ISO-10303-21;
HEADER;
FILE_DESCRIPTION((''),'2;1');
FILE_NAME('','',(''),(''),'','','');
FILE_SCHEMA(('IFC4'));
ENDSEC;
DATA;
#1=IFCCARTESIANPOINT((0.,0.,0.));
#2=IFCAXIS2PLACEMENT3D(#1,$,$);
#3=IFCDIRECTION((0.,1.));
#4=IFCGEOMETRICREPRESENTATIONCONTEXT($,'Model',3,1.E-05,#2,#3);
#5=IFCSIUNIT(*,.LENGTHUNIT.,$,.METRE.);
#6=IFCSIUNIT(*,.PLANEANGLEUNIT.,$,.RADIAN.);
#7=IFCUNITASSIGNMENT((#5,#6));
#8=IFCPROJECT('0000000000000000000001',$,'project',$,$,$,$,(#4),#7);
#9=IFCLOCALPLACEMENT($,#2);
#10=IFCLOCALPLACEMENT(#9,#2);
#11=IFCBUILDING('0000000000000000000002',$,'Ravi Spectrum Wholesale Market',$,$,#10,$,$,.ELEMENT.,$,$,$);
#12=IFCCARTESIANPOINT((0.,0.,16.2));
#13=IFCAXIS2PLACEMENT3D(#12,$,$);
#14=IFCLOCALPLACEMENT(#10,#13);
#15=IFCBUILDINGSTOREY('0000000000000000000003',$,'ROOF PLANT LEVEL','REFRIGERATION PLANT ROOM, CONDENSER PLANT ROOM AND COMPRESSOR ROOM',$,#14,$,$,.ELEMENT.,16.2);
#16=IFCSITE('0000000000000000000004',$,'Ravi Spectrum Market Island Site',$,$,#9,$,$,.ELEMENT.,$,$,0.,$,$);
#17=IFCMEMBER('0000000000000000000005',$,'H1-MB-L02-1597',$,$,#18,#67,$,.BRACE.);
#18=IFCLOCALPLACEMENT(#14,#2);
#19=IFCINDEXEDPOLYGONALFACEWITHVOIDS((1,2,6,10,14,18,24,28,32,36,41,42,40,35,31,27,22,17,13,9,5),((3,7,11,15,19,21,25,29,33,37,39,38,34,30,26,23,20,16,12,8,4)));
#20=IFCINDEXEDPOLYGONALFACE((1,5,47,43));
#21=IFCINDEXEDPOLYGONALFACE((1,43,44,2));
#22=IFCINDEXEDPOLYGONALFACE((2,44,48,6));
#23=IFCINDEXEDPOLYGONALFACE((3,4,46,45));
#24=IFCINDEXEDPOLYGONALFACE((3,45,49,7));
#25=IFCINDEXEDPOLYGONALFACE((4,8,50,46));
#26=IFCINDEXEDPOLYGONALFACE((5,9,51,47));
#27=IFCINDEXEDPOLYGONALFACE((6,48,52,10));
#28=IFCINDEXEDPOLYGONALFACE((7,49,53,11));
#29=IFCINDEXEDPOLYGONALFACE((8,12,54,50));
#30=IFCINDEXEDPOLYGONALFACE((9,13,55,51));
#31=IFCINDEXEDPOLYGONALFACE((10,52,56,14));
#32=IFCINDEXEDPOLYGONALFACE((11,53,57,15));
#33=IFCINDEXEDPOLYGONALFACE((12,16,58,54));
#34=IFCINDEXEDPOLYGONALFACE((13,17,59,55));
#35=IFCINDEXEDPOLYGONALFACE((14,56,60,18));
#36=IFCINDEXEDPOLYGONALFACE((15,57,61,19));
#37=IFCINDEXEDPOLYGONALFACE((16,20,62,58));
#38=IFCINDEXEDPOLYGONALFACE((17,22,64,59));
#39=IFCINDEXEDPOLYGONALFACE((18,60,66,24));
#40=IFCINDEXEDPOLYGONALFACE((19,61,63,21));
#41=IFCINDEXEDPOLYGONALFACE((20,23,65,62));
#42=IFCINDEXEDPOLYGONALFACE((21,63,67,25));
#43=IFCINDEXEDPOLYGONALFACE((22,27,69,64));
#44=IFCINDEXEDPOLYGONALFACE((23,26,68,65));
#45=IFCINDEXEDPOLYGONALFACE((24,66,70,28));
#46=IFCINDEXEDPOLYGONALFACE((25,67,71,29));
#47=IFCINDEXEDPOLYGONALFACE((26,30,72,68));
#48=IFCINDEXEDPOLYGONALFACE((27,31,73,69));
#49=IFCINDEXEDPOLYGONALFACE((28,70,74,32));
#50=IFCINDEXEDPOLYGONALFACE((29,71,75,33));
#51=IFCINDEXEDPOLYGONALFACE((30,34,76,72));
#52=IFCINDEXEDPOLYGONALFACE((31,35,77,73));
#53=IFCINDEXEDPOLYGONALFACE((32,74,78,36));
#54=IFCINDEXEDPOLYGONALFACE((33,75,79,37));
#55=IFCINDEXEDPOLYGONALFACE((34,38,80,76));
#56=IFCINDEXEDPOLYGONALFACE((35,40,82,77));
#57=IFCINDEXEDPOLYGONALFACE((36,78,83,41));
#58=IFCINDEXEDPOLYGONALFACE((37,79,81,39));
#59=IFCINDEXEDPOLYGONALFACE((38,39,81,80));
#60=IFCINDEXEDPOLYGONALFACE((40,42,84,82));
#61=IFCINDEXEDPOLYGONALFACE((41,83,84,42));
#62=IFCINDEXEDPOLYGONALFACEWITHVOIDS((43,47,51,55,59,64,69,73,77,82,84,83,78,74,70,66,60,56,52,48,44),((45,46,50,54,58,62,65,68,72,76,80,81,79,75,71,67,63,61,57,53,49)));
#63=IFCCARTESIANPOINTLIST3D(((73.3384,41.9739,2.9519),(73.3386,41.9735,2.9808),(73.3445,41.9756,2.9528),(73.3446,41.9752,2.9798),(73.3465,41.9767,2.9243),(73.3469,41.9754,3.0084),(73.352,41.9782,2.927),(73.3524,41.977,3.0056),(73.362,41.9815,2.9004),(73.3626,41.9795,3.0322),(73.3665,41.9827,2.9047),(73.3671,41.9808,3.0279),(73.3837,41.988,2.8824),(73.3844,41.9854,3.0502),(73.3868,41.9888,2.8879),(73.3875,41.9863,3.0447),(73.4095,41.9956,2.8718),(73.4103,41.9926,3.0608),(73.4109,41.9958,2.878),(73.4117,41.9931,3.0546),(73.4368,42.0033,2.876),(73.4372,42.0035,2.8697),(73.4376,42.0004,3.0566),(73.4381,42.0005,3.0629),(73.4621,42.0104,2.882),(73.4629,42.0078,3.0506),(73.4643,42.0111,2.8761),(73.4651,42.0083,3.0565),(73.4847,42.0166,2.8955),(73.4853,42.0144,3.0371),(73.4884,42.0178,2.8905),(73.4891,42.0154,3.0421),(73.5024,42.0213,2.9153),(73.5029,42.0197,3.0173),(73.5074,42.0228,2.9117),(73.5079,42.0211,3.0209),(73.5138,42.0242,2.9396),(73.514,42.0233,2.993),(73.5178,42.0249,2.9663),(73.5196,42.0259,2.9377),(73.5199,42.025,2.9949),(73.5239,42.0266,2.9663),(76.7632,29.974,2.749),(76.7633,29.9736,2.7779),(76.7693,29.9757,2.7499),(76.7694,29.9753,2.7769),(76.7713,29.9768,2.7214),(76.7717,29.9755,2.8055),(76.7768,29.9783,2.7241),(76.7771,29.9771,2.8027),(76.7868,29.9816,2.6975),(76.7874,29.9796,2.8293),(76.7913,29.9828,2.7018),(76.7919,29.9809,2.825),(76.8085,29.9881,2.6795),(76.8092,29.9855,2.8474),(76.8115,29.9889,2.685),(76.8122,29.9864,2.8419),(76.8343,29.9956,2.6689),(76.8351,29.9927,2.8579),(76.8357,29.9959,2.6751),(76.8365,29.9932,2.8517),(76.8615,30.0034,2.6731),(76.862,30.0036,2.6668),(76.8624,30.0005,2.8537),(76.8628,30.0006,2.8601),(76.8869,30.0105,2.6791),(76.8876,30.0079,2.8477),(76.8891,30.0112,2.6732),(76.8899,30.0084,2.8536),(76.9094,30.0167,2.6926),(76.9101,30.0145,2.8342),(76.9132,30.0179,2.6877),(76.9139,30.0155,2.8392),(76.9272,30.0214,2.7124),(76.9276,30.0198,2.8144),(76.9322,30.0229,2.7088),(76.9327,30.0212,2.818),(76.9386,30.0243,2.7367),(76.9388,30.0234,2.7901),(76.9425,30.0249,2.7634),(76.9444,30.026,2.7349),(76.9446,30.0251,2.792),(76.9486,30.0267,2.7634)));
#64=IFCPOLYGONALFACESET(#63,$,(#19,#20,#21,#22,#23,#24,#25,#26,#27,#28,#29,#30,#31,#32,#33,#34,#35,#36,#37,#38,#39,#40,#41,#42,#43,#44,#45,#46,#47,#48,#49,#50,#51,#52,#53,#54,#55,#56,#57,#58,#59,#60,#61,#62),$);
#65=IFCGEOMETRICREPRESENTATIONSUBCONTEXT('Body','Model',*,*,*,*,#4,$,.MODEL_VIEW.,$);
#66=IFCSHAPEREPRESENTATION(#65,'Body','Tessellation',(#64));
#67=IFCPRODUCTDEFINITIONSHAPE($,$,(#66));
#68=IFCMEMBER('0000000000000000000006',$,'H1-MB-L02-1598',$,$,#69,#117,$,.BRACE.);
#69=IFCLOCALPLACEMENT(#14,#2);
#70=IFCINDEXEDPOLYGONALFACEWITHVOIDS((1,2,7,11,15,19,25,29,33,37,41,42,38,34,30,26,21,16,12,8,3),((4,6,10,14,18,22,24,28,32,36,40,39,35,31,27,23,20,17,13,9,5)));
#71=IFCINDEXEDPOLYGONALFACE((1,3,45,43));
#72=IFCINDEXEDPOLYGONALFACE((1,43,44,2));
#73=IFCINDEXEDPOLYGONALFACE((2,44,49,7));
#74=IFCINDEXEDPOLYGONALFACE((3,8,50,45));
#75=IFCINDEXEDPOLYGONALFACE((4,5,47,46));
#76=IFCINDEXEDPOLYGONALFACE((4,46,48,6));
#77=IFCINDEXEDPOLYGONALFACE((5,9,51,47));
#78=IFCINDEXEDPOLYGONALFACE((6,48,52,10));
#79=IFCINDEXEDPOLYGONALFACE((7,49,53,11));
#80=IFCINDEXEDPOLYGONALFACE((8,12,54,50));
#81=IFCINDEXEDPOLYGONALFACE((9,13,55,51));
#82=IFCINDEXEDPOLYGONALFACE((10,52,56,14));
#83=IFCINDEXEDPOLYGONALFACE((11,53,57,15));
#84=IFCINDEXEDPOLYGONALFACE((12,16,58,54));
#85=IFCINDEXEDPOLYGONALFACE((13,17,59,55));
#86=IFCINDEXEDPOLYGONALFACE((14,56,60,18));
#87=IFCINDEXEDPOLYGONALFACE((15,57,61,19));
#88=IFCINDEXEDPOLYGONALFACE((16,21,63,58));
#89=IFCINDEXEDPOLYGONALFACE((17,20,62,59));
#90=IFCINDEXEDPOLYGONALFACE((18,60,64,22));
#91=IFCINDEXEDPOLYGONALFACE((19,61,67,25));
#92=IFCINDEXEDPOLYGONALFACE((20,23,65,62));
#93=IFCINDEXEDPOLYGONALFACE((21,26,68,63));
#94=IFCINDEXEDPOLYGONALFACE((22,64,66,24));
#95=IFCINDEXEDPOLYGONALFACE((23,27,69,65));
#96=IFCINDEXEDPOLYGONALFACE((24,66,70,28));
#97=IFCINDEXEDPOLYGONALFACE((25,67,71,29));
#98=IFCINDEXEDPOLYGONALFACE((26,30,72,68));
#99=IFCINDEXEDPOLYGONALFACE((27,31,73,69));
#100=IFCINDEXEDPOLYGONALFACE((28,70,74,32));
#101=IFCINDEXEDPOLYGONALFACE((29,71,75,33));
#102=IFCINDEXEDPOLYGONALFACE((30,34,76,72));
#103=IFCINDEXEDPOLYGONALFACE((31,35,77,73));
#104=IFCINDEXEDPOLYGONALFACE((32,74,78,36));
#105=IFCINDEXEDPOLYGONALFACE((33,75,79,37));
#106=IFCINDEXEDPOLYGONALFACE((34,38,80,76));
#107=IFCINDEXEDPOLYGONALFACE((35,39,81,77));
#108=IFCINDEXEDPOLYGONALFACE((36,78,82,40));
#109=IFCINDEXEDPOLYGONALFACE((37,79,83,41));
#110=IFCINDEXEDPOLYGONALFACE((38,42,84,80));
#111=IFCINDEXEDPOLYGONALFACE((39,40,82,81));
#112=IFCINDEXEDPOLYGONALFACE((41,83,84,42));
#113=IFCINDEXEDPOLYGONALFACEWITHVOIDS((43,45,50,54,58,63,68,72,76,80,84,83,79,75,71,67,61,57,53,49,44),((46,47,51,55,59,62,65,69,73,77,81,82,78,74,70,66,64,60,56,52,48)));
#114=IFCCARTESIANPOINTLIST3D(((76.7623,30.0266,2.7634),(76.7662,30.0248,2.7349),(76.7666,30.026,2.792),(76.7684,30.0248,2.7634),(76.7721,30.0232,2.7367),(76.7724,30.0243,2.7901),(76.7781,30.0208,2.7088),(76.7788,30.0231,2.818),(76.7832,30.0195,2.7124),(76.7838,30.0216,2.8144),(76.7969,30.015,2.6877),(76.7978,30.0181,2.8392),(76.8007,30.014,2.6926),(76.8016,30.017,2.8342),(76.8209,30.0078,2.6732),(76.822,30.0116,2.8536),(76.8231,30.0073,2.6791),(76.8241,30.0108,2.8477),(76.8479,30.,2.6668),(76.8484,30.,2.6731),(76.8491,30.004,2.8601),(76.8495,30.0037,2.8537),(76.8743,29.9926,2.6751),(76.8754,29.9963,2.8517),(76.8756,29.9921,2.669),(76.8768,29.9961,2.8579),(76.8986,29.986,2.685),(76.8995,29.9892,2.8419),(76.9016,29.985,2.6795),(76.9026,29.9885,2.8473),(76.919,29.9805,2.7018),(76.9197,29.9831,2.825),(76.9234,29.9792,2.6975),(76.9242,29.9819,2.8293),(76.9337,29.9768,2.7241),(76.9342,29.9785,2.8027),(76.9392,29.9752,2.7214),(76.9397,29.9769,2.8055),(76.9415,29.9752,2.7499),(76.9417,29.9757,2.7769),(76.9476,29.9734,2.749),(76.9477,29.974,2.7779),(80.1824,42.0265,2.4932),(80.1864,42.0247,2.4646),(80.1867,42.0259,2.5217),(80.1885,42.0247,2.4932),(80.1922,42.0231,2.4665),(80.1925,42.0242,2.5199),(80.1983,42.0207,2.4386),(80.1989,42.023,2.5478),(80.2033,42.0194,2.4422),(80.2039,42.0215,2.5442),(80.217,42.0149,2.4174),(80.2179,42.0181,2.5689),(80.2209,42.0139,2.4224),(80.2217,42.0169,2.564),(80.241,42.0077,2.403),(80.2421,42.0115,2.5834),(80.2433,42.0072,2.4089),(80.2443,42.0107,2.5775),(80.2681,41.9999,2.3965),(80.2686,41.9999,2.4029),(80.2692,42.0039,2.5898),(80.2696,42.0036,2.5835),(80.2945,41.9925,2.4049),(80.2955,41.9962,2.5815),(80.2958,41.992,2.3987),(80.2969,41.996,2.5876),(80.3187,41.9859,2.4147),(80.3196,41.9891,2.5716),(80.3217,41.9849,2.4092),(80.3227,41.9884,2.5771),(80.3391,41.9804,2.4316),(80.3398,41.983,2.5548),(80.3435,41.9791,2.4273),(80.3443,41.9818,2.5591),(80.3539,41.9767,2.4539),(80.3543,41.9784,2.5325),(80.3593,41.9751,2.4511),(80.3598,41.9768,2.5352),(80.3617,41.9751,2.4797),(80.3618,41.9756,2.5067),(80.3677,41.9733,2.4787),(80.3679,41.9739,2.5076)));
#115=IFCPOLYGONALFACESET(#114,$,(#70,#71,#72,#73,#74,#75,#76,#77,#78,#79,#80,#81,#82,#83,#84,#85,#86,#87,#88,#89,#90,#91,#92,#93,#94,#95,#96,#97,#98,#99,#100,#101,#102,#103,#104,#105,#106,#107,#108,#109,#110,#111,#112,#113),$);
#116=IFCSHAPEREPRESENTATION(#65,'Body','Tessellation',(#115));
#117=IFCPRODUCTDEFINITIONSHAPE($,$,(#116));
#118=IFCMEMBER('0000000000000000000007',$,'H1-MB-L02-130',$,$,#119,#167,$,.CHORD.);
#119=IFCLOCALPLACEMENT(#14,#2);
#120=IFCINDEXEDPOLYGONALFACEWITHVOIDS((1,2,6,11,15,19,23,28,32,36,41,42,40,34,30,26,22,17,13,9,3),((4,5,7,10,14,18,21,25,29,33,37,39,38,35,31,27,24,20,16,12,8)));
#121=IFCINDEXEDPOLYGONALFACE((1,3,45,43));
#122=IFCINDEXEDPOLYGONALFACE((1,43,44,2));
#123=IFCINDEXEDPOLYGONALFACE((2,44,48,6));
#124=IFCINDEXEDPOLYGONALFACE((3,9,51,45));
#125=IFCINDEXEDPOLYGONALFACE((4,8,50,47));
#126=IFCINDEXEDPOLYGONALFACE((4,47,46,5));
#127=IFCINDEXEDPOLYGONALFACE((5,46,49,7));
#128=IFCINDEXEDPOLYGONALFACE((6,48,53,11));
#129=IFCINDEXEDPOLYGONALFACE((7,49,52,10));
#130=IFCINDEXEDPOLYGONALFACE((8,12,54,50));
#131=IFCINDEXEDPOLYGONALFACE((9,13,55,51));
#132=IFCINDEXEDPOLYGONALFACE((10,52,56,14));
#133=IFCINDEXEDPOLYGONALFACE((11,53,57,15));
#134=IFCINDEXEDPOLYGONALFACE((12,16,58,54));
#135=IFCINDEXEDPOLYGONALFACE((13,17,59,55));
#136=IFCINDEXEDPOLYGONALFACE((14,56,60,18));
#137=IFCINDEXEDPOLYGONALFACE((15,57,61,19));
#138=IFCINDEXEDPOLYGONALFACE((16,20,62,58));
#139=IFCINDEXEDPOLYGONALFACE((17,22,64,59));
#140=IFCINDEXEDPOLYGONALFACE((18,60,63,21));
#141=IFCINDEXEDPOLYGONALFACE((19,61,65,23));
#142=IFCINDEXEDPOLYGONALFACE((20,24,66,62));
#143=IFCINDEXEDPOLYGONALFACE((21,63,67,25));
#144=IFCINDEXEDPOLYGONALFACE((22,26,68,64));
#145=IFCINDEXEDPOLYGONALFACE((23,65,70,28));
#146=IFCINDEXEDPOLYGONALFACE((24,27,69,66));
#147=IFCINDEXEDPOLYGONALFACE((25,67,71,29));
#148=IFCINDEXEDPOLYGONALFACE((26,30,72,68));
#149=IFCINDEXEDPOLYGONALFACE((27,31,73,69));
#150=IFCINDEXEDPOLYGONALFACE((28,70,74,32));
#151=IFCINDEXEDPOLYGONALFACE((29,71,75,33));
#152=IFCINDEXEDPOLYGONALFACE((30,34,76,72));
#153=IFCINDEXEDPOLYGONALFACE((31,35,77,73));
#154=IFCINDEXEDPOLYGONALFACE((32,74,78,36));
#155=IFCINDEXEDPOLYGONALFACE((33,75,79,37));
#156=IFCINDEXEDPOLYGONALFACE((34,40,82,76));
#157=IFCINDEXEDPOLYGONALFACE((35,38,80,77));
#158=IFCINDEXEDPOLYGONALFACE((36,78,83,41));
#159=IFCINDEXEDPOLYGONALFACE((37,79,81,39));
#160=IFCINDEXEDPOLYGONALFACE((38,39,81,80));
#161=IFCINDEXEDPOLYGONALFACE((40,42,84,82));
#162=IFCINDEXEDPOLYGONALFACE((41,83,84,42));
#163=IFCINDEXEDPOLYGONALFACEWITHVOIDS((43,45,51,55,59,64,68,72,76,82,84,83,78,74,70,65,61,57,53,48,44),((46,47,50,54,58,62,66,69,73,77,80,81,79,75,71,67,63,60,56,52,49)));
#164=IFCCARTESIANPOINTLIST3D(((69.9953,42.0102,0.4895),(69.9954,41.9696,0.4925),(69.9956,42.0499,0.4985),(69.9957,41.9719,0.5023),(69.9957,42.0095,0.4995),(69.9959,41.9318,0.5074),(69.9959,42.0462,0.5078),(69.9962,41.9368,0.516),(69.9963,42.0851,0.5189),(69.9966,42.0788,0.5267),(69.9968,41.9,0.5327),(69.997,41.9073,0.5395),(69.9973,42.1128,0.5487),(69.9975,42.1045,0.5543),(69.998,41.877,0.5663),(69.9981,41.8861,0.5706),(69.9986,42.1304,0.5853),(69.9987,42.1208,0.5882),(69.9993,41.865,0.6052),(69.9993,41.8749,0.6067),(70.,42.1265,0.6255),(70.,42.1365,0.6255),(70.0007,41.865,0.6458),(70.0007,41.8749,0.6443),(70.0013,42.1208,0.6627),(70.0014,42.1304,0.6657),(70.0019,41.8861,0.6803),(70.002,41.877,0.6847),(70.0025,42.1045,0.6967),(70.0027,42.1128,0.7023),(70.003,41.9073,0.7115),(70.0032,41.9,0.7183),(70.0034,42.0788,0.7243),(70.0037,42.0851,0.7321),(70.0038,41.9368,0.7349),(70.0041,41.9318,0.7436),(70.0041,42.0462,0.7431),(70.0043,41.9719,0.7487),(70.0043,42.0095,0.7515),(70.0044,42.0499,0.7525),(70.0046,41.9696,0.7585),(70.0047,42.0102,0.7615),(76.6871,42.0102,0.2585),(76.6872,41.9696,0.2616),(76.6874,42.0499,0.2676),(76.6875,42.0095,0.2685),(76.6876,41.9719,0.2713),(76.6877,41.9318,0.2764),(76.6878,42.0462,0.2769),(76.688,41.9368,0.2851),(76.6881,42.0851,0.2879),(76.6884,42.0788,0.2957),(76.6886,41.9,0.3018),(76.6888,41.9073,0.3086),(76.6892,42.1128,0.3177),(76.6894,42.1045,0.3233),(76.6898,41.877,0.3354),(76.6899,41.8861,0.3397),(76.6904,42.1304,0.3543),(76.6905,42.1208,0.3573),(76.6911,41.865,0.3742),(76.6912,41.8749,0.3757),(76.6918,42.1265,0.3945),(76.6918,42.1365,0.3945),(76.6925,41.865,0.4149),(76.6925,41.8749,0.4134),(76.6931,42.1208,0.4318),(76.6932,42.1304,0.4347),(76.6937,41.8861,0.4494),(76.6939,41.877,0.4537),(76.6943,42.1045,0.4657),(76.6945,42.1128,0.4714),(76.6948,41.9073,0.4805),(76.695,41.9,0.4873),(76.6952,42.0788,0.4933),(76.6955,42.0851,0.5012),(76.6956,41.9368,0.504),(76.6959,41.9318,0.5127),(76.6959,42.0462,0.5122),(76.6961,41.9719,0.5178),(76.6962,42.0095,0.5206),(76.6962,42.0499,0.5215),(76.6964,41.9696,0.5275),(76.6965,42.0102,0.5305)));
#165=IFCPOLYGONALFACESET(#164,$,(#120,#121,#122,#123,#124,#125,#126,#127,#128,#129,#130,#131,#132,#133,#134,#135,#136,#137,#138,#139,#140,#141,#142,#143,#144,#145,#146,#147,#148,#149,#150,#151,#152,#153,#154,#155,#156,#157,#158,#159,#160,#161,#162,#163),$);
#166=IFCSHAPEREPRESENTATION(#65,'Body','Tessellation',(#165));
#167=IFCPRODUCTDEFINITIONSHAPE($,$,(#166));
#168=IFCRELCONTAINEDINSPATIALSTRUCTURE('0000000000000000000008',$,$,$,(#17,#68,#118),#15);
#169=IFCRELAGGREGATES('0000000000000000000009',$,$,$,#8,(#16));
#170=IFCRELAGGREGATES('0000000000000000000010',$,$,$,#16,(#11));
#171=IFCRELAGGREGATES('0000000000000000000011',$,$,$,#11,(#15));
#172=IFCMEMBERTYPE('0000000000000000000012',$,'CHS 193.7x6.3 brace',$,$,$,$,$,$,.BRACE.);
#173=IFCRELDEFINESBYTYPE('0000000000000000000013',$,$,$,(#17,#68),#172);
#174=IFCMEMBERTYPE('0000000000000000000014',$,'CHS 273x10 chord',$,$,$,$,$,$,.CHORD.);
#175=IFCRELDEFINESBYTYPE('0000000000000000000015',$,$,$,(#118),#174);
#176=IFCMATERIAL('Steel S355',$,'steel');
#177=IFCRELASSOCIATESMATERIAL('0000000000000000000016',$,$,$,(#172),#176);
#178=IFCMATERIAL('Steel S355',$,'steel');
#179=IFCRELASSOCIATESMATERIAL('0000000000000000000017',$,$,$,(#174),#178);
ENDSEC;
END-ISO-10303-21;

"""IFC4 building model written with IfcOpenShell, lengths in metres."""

from ifc_helpers import new_model, si_unit, direction, frame, origin, origin_2d, place, context, subcontext, project, spatial, hollow_circle, extrude, material, material_profile, profile_set, type_object, element, save


model = new_model("IFC4")

# Units and contexts
model_context = context("Model", 3, precision=1e-05, world=origin(), true_north=direction((0.0, 1.0)))
body_context = subcontext(model_context, "Body", "Model", "MODEL_VIEW")
ifc_project = project(units=[si_unit("LENGTHUNIT", "METRE"), si_unit("PLANEANGLEUNIT", "RADIAN")], contexts=[model_context])

# Site, building, storey
site_placement = place(None, origin())
site = spatial("IfcSite", under=ifc_project, at=site_placement, Name="Ravi Spectrum Market Island Site", CompositionType="ELEMENT", RefElevation=0.0)
building_placement = place(site_placement, origin())
building = spatial("IfcBuilding", under=site, at=building_placement, Name="Ravi Spectrum Wholesale Market", CompositionType="ELEMENT")
storey_placement = place(building_placement, frame((0.0, 0.0, 16.2)))
storey = spatial("IfcBuildingStorey", under=building, at=storey_placement, Name="ROOF PLANT LEVEL", Description="REFRIGERATION PLANT ROOM, CONDENSER PLANT ROOM AND COMPRESSOR ROOM", CompositionType="ELEMENT", Elevation=16.2)

# Members
ifc_material_1 = material(Name="Steel S355", Category="steel")
ifc_material_profile_1 = material_profile(ifc_material_1, hollow_circle(Radius=0.0969, WallThickness=0.0063, at=origin_2d()))
ifc_profile_set_1 = profile_set([ifc_material_profile_1], Name="Steel S355")
member_type_1 = type_object("IfcMemberType", Name="CHS 193.7x6.3 brace", PredefinedType="BRACE", material=ifc_profile_set_1)
for number, where, z_axis, x_axis, name in (
    (1, (73.4307, 42.0, 2.9663), (0.274406, -0.961477, -0.016255), (0.961604, 0.274442, 0.0), "H1-MB-L02-1597"),
    (2, (76.8555, 30.0, 2.7634), (0.274034, 0.961476, -0.021654), (-0.961702, 0.274098, 0.0), "H1-MB-L02-1598"),
):
    element("IfcMember", number, at=place(storey_placement, frame(where, z_axis=z_axis, x_axis=x_axis)), inside=storey, type_object=member_type_1, Name=name, PredefinedType="BRACE", context=body_context, shape_type="SweptSolid", body=[
        extrude(hollow_circle(Radius=0.0969, WallThickness=0.0063, at=origin_2d()), origin(), (0.0, 0.0, 1.0), 12.4807),
    ])
ifc_material_2 = material(Name="Steel S355", Category="steel")
ifc_material_profile_2 = material_profile(ifc_material_2, hollow_circle(Radius=0.1365, WallThickness=0.01, at=origin_2d()))
ifc_profile_set_2 = profile_set([ifc_material_profile_2], Name="Steel S355")
member_type_2 = type_object("IfcMemberType", Name="CHS 273x10 chord", PredefinedType="CHORD", material=ifc_profile_set_2)
member_1_placement = place(storey_placement, frame((70.0, 42.0, 0.6255), z_axis=(0.999405, 0.0, -0.034492), x_axis=(0.0, 1.0, 0.0)))
element("IfcMember", 3, at=member_1_placement, inside=storey, type_object=member_type_2, Name="H1-MB-L02-130", PredefinedType="CHORD", context=body_context, shape_type="SweptSolid", body=[
    extrude(hollow_circle(Radius=0.1365, WallThickness=0.01, at=origin_2d()), origin(), (0.0, 0.0, 1.0), 6.6958),
])

save(model, "model.ifc")
